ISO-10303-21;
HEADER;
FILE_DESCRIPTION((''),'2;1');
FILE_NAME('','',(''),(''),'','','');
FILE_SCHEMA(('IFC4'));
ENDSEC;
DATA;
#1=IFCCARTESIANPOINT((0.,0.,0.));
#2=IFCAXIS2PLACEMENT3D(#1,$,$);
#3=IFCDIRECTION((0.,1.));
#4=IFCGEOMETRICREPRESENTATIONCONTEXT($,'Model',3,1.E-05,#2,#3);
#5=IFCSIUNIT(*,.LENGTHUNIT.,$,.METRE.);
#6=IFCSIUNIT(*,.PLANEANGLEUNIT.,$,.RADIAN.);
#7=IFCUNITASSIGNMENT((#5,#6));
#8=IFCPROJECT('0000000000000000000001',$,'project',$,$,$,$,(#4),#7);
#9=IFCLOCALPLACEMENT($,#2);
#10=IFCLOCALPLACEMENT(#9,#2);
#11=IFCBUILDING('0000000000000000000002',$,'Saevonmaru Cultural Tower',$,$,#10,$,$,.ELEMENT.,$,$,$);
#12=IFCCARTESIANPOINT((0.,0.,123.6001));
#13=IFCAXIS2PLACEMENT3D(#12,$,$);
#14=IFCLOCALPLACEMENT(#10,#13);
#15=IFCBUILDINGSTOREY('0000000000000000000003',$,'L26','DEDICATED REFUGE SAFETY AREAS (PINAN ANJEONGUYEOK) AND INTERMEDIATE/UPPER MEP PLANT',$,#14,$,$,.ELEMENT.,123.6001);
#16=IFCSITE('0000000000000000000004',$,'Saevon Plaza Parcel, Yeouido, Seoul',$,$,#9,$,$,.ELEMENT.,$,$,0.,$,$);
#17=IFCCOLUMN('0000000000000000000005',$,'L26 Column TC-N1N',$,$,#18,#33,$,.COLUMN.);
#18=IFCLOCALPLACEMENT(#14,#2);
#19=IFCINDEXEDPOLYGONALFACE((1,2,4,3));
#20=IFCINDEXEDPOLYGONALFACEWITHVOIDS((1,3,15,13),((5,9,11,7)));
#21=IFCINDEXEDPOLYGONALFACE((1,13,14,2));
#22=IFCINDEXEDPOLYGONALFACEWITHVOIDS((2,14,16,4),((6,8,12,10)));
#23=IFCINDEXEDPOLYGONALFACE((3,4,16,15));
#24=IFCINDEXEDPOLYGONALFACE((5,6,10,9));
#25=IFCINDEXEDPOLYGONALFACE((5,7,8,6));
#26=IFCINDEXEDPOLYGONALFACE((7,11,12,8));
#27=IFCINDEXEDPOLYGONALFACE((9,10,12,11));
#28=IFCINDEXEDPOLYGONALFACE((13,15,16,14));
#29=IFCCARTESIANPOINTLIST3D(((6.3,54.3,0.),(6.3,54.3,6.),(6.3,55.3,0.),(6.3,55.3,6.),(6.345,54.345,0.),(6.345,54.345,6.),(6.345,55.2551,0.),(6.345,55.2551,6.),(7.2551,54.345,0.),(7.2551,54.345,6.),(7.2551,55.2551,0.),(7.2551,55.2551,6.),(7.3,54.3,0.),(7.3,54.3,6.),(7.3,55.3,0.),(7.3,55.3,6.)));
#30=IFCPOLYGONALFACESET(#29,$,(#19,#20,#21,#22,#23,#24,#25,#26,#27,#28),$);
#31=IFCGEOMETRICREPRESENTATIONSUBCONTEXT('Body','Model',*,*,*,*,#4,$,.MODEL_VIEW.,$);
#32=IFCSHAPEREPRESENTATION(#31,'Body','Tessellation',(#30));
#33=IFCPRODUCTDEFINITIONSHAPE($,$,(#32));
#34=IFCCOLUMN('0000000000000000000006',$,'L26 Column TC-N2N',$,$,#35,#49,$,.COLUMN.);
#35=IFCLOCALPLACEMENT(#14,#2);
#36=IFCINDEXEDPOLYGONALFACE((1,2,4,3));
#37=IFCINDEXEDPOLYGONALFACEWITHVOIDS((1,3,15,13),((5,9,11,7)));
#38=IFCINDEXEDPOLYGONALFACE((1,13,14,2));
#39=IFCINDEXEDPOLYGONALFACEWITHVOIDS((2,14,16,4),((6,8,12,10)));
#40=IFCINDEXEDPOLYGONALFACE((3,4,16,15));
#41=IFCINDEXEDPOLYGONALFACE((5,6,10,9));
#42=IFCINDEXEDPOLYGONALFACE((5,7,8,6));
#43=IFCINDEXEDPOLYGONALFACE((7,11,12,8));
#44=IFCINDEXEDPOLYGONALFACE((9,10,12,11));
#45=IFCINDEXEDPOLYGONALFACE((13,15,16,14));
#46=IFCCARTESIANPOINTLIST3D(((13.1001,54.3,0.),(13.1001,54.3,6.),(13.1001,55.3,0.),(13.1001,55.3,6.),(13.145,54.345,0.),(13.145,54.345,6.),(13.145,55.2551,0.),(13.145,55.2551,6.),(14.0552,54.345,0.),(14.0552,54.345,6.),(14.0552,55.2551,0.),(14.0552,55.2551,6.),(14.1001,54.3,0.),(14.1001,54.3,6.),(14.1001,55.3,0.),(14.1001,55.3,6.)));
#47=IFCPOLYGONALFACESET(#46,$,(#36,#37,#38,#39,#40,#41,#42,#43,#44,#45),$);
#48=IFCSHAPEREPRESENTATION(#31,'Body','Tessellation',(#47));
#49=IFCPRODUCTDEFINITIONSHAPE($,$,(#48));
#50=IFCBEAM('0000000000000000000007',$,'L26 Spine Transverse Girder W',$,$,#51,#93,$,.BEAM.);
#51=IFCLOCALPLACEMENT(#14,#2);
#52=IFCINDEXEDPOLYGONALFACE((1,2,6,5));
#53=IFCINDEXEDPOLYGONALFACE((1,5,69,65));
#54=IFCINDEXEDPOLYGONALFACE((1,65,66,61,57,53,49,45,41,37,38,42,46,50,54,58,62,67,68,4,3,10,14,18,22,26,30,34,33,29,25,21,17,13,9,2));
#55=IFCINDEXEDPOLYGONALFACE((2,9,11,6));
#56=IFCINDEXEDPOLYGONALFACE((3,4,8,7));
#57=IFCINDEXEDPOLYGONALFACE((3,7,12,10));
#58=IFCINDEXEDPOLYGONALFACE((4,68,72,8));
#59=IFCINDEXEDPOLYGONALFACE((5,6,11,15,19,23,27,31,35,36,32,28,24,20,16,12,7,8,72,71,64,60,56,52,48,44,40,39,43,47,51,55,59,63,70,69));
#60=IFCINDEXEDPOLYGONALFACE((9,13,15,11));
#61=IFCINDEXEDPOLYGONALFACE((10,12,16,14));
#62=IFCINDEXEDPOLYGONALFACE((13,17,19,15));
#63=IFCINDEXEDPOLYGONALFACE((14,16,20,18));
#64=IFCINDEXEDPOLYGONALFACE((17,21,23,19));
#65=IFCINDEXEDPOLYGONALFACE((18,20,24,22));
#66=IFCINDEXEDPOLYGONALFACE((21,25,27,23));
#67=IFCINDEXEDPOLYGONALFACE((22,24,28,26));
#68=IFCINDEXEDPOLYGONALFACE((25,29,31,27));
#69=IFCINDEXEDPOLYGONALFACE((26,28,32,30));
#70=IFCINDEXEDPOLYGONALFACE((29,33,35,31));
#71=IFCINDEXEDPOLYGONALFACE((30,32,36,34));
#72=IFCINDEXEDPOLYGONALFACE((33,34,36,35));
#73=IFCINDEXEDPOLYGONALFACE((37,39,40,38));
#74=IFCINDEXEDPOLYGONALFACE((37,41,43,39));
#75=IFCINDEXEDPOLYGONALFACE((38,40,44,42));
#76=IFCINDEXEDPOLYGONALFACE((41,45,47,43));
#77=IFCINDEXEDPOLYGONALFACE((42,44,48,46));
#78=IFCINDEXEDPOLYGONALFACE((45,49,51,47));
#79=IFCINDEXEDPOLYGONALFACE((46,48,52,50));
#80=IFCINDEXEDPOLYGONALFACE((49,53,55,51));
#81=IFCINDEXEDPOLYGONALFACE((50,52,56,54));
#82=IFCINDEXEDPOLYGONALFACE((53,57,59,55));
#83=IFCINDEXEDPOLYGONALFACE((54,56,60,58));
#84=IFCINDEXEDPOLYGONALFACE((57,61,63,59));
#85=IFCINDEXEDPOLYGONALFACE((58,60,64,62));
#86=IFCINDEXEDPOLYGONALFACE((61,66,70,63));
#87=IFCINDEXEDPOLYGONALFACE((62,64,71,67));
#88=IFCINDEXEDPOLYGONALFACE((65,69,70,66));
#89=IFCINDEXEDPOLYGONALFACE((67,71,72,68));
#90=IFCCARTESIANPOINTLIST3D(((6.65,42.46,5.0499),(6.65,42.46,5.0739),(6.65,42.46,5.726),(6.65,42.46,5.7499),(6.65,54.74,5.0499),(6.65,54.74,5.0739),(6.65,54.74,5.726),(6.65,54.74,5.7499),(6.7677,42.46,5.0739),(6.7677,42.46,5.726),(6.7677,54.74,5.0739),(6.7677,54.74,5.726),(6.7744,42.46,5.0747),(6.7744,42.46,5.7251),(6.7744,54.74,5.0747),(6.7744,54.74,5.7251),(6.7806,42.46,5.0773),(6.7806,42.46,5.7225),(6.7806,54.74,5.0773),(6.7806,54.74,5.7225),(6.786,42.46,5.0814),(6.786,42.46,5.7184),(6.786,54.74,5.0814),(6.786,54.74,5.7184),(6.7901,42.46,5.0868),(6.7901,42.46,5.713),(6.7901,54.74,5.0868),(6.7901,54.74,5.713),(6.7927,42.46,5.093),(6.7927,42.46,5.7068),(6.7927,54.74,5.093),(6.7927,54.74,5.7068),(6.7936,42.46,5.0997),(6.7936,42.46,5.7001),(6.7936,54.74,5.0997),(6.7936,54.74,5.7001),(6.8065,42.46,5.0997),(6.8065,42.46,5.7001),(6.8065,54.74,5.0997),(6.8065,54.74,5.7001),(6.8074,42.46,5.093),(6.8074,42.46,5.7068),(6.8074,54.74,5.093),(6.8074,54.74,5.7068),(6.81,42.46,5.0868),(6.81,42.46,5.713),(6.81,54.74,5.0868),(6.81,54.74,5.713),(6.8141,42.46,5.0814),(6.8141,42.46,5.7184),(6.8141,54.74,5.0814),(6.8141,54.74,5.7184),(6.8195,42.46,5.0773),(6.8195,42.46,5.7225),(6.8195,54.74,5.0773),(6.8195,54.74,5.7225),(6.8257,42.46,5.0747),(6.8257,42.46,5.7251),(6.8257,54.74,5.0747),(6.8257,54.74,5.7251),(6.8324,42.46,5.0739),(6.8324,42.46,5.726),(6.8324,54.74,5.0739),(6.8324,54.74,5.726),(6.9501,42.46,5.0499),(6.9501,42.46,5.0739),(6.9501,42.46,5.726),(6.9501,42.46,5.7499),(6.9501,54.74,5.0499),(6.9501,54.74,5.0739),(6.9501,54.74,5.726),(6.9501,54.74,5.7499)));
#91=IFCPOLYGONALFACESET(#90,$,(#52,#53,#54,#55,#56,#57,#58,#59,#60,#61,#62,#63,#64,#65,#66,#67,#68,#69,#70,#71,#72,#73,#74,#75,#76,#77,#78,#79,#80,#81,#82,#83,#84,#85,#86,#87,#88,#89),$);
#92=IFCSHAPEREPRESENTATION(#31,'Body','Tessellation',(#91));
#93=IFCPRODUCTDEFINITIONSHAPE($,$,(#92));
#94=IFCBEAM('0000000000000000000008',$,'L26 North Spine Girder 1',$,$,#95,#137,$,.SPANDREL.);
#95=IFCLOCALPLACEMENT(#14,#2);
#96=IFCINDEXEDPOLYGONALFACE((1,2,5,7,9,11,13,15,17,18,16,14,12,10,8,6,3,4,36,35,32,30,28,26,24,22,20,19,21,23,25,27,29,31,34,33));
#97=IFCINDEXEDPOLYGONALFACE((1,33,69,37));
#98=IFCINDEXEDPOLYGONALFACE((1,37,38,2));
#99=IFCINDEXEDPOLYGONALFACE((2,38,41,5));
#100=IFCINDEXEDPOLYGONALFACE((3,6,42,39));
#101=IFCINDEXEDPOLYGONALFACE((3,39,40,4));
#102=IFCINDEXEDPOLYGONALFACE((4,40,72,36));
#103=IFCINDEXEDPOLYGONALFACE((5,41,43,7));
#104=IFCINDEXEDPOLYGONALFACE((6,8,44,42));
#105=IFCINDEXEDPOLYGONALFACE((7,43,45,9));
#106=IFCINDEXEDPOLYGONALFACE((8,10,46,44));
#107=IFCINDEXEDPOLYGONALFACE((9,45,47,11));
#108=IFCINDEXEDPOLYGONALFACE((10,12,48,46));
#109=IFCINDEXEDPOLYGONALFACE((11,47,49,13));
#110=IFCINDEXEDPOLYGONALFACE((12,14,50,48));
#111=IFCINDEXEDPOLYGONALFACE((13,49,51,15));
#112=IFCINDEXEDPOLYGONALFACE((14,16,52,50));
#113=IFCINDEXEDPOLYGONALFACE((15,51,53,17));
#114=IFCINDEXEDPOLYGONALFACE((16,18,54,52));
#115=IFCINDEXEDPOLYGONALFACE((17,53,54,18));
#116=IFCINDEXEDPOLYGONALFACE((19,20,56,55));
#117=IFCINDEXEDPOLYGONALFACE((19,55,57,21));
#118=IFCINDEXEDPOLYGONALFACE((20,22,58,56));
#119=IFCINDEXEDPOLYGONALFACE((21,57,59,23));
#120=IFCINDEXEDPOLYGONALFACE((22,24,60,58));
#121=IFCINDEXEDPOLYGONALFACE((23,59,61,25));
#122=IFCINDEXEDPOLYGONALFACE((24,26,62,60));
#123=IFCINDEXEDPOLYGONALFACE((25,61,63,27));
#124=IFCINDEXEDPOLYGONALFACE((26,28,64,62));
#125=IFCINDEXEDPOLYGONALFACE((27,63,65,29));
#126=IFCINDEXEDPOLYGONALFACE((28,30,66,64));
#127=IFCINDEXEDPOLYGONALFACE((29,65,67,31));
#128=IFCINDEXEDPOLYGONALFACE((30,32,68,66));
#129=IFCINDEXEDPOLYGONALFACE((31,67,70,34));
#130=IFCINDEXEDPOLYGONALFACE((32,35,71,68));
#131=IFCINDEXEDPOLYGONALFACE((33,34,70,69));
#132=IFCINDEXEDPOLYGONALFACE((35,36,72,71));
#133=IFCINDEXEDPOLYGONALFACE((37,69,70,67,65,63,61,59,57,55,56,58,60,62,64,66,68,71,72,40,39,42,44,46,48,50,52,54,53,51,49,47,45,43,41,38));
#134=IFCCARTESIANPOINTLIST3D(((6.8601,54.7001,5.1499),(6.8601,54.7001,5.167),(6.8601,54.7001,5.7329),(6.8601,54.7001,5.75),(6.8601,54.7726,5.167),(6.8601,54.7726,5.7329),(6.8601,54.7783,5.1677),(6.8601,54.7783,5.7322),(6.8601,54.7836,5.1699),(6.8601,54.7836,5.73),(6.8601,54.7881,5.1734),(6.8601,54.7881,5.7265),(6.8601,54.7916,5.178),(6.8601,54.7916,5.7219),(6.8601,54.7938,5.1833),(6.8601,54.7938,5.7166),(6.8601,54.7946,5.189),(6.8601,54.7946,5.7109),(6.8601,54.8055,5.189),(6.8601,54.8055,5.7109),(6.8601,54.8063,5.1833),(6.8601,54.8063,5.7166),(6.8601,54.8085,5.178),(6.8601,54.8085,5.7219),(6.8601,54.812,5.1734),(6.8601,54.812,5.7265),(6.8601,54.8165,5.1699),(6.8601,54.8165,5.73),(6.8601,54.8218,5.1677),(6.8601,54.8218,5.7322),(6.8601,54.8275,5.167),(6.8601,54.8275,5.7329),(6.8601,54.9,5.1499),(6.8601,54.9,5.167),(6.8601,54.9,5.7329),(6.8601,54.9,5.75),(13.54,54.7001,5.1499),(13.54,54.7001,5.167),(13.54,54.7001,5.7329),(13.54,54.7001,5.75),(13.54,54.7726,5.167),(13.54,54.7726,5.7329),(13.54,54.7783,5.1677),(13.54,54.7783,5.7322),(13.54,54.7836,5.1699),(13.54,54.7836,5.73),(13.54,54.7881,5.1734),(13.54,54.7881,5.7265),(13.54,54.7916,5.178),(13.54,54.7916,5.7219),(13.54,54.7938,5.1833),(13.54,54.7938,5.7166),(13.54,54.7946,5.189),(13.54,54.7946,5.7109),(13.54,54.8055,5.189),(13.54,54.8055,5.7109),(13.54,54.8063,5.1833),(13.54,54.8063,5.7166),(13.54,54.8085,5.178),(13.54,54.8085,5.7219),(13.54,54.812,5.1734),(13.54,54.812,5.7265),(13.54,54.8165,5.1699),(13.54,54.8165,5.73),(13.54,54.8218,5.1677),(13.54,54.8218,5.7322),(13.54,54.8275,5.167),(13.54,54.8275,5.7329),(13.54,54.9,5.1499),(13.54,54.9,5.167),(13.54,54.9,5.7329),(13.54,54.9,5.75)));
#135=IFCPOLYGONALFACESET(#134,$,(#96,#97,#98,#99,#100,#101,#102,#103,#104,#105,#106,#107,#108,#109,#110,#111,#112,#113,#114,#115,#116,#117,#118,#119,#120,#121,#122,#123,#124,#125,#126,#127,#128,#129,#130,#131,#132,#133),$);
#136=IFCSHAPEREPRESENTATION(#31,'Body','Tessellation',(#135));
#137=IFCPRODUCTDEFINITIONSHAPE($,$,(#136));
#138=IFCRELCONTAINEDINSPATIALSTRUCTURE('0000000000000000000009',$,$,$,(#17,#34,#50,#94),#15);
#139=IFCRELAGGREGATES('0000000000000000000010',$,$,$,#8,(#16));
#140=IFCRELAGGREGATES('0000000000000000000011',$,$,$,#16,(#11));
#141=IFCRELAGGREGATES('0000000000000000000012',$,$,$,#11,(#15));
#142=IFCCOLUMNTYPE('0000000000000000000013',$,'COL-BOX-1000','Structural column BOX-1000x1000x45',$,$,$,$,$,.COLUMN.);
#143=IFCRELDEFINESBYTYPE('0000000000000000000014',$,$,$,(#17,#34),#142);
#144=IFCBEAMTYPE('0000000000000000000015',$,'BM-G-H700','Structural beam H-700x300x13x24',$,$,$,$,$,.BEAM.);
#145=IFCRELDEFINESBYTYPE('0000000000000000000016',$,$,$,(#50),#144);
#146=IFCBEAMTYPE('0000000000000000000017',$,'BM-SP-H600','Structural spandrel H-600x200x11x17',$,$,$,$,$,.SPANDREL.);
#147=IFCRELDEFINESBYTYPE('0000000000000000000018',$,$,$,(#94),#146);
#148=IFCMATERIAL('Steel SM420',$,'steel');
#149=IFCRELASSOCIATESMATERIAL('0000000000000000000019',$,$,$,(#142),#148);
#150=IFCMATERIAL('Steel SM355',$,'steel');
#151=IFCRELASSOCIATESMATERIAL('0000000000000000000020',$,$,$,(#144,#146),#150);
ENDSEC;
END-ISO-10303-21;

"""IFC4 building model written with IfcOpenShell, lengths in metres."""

from ifc_helpers import new_model, si_unit, direction, frame, origin, origin_2d, place, context, subcontext, project, spatial, hollow_rectangle, i_section, extrude, material, material_profile, profile_set, type_object, element, save


model = new_model("IFC4")

# Units and contexts
model_context = context("Model", 3, precision=1e-05, world=origin(), true_north=direction((0.0, 1.0)))
body_context = subcontext(model_context, "Body", "Model", "MODEL_VIEW")
ifc_project = project(units=[si_unit("LENGTHUNIT", "METRE"), si_unit("PLANEANGLEUNIT", "RADIAN")], contexts=[model_context])

# Site, building, storey
site_placement = place(None, origin())
site = spatial("IfcSite", under=ifc_project, at=site_placement, Name="Saevon Plaza Parcel, Yeouido, Seoul", CompositionType="ELEMENT", RefElevation=0.0)
building_placement = place(site_placement, origin())
building = spatial("IfcBuilding", under=site, at=building_placement, Name="Saevonmaru Cultural Tower", CompositionType="ELEMENT")
storey_placement = place(building_placement, frame((0.0, 0.0, 123.6001)))
storey = spatial("IfcBuildingStorey", under=building, at=storey_placement, Name="L26", Description="DEDICATED REFUGE SAFETY AREAS (PINAN ANJEONGUYEOK) AND INTERMEDIATE/UPPER MEP PLANT", CompositionType="ELEMENT", Elevation=123.6001)

# Columns
ifc_material_1 = material(Name="Steel SM420", Category="steel")
ifc_material_profile_1 = material_profile(ifc_material_1, hollow_rectangle(XDim=1.0, YDim=1.0, WallThickness=0.0449, at=origin_2d()), Name="BOX-1000x1000x45")
ifc_profile_set_1 = profile_set([ifc_material_profile_1], Name="Steel SM420")
column_type = type_object("IfcColumnType", Name="COL-BOX-1000", Description="Structural column BOX-1000x1000x45", PredefinedType="COLUMN", material=ifc_profile_set_1)
for number, where, z_axis, x_axis, name in (
    (1, (6.8, 54.8, 0.0), (0.0, 0.0, 1.0), (1.0, 0.0, 0.0), "L26 Column TC-N1N"),
    (2, (13.6001, 54.8, 0.0), (0.0, 0.0, 1.0), (1.0, 0.0, 0.0), "L26 Column TC-N2N"),
):
    element("IfcColumn", number, at=place(storey_placement, frame(where, z_axis=z_axis, x_axis=x_axis)), inside=storey, type_object=column_type, Name=name, PredefinedType="COLUMN", context=body_context, shape_type="SweptSolid", body=[
        extrude(hollow_rectangle(XDim=1.0, YDim=1.0, WallThickness=0.0449, at=origin_2d()), origin(), (0.0, 0.0, 1.0), 6.0),
    ])

# Beams
ifc_material_2 = material(Name="Steel SM355", Category="steel")
ifc_material_profile_2 = material_profile(ifc_material_2, i_section(OverallWidth=0.3, OverallDepth=0.7, WebThickness=0.0129, FlangeThickness=0.0239, FilletRadius=0.0259, at=origin_2d()), Name="H-700x300x13x24")
ifc_profile_set_2 = profile_set([ifc_material_profile_2], Name="Steel SM355")
beam_type_1 = type_object("IfcBeamType", Name="BM-G-H700", Description="Structural beam H-700x300x13x24", PredefinedType="BEAM", material=ifc_profile_set_2)
beam_1_placement = place(storey_placement, frame((6.8, 54.74, 5.3999), z_axis=(0.0, -1.0, 0.0), x_axis=(1.0, 0.0, 0.0)))
element("IfcBeam", 3, at=beam_1_placement, inside=storey, type_object=beam_type_1, Name="L26 Spine Transverse Girder W", PredefinedType="BEAM", context=body_context, shape_type="SweptSolid", body=[
    extrude(i_section(OverallWidth=0.3, OverallDepth=0.7, WebThickness=0.0129, FlangeThickness=0.0239, FilletRadius=0.0259, at=origin_2d()), origin(), (0.0, 0.0, 1.0), 12.28),
])
ifc_material_profile_3 = material_profile(ifc_material_2, i_section(OverallWidth=0.2, OverallDepth=0.6001, WebThickness=0.011, FlangeThickness=0.0171, FilletRadius=0.022, at=origin_2d()), Name="H-600x200x11x17")
ifc_profile_set_3 = profile_set([ifc_material_profile_3], Name="Steel SM355")
beam_type_2 = type_object("IfcBeamType", Name="BM-SP-H600", Description="Structural spandrel H-600x200x11x17", PredefinedType="SPANDREL", material=ifc_profile_set_3)
beam_2_placement = place(storey_placement, frame((6.8601, 54.8, 5.45), z_axis=(1.0, 0.0, 0.0), x_axis=(0.0, 1.0, 0.0)))
element("IfcBeam", 4, at=beam_2_placement, inside=storey, type_object=beam_type_2, Name="L26 North Spine Girder 1", PredefinedType="SPANDREL", context=body_context, shape_type="SweptSolid", body=[
    extrude(i_section(OverallWidth=0.2, OverallDepth=0.6001, WebThickness=0.011, FlangeThickness=0.0171, FilletRadius=0.022, at=origin_2d()), origin(), (0.0, 0.0, 1.0), 6.6799),
])

save(model, "model.ifc")
